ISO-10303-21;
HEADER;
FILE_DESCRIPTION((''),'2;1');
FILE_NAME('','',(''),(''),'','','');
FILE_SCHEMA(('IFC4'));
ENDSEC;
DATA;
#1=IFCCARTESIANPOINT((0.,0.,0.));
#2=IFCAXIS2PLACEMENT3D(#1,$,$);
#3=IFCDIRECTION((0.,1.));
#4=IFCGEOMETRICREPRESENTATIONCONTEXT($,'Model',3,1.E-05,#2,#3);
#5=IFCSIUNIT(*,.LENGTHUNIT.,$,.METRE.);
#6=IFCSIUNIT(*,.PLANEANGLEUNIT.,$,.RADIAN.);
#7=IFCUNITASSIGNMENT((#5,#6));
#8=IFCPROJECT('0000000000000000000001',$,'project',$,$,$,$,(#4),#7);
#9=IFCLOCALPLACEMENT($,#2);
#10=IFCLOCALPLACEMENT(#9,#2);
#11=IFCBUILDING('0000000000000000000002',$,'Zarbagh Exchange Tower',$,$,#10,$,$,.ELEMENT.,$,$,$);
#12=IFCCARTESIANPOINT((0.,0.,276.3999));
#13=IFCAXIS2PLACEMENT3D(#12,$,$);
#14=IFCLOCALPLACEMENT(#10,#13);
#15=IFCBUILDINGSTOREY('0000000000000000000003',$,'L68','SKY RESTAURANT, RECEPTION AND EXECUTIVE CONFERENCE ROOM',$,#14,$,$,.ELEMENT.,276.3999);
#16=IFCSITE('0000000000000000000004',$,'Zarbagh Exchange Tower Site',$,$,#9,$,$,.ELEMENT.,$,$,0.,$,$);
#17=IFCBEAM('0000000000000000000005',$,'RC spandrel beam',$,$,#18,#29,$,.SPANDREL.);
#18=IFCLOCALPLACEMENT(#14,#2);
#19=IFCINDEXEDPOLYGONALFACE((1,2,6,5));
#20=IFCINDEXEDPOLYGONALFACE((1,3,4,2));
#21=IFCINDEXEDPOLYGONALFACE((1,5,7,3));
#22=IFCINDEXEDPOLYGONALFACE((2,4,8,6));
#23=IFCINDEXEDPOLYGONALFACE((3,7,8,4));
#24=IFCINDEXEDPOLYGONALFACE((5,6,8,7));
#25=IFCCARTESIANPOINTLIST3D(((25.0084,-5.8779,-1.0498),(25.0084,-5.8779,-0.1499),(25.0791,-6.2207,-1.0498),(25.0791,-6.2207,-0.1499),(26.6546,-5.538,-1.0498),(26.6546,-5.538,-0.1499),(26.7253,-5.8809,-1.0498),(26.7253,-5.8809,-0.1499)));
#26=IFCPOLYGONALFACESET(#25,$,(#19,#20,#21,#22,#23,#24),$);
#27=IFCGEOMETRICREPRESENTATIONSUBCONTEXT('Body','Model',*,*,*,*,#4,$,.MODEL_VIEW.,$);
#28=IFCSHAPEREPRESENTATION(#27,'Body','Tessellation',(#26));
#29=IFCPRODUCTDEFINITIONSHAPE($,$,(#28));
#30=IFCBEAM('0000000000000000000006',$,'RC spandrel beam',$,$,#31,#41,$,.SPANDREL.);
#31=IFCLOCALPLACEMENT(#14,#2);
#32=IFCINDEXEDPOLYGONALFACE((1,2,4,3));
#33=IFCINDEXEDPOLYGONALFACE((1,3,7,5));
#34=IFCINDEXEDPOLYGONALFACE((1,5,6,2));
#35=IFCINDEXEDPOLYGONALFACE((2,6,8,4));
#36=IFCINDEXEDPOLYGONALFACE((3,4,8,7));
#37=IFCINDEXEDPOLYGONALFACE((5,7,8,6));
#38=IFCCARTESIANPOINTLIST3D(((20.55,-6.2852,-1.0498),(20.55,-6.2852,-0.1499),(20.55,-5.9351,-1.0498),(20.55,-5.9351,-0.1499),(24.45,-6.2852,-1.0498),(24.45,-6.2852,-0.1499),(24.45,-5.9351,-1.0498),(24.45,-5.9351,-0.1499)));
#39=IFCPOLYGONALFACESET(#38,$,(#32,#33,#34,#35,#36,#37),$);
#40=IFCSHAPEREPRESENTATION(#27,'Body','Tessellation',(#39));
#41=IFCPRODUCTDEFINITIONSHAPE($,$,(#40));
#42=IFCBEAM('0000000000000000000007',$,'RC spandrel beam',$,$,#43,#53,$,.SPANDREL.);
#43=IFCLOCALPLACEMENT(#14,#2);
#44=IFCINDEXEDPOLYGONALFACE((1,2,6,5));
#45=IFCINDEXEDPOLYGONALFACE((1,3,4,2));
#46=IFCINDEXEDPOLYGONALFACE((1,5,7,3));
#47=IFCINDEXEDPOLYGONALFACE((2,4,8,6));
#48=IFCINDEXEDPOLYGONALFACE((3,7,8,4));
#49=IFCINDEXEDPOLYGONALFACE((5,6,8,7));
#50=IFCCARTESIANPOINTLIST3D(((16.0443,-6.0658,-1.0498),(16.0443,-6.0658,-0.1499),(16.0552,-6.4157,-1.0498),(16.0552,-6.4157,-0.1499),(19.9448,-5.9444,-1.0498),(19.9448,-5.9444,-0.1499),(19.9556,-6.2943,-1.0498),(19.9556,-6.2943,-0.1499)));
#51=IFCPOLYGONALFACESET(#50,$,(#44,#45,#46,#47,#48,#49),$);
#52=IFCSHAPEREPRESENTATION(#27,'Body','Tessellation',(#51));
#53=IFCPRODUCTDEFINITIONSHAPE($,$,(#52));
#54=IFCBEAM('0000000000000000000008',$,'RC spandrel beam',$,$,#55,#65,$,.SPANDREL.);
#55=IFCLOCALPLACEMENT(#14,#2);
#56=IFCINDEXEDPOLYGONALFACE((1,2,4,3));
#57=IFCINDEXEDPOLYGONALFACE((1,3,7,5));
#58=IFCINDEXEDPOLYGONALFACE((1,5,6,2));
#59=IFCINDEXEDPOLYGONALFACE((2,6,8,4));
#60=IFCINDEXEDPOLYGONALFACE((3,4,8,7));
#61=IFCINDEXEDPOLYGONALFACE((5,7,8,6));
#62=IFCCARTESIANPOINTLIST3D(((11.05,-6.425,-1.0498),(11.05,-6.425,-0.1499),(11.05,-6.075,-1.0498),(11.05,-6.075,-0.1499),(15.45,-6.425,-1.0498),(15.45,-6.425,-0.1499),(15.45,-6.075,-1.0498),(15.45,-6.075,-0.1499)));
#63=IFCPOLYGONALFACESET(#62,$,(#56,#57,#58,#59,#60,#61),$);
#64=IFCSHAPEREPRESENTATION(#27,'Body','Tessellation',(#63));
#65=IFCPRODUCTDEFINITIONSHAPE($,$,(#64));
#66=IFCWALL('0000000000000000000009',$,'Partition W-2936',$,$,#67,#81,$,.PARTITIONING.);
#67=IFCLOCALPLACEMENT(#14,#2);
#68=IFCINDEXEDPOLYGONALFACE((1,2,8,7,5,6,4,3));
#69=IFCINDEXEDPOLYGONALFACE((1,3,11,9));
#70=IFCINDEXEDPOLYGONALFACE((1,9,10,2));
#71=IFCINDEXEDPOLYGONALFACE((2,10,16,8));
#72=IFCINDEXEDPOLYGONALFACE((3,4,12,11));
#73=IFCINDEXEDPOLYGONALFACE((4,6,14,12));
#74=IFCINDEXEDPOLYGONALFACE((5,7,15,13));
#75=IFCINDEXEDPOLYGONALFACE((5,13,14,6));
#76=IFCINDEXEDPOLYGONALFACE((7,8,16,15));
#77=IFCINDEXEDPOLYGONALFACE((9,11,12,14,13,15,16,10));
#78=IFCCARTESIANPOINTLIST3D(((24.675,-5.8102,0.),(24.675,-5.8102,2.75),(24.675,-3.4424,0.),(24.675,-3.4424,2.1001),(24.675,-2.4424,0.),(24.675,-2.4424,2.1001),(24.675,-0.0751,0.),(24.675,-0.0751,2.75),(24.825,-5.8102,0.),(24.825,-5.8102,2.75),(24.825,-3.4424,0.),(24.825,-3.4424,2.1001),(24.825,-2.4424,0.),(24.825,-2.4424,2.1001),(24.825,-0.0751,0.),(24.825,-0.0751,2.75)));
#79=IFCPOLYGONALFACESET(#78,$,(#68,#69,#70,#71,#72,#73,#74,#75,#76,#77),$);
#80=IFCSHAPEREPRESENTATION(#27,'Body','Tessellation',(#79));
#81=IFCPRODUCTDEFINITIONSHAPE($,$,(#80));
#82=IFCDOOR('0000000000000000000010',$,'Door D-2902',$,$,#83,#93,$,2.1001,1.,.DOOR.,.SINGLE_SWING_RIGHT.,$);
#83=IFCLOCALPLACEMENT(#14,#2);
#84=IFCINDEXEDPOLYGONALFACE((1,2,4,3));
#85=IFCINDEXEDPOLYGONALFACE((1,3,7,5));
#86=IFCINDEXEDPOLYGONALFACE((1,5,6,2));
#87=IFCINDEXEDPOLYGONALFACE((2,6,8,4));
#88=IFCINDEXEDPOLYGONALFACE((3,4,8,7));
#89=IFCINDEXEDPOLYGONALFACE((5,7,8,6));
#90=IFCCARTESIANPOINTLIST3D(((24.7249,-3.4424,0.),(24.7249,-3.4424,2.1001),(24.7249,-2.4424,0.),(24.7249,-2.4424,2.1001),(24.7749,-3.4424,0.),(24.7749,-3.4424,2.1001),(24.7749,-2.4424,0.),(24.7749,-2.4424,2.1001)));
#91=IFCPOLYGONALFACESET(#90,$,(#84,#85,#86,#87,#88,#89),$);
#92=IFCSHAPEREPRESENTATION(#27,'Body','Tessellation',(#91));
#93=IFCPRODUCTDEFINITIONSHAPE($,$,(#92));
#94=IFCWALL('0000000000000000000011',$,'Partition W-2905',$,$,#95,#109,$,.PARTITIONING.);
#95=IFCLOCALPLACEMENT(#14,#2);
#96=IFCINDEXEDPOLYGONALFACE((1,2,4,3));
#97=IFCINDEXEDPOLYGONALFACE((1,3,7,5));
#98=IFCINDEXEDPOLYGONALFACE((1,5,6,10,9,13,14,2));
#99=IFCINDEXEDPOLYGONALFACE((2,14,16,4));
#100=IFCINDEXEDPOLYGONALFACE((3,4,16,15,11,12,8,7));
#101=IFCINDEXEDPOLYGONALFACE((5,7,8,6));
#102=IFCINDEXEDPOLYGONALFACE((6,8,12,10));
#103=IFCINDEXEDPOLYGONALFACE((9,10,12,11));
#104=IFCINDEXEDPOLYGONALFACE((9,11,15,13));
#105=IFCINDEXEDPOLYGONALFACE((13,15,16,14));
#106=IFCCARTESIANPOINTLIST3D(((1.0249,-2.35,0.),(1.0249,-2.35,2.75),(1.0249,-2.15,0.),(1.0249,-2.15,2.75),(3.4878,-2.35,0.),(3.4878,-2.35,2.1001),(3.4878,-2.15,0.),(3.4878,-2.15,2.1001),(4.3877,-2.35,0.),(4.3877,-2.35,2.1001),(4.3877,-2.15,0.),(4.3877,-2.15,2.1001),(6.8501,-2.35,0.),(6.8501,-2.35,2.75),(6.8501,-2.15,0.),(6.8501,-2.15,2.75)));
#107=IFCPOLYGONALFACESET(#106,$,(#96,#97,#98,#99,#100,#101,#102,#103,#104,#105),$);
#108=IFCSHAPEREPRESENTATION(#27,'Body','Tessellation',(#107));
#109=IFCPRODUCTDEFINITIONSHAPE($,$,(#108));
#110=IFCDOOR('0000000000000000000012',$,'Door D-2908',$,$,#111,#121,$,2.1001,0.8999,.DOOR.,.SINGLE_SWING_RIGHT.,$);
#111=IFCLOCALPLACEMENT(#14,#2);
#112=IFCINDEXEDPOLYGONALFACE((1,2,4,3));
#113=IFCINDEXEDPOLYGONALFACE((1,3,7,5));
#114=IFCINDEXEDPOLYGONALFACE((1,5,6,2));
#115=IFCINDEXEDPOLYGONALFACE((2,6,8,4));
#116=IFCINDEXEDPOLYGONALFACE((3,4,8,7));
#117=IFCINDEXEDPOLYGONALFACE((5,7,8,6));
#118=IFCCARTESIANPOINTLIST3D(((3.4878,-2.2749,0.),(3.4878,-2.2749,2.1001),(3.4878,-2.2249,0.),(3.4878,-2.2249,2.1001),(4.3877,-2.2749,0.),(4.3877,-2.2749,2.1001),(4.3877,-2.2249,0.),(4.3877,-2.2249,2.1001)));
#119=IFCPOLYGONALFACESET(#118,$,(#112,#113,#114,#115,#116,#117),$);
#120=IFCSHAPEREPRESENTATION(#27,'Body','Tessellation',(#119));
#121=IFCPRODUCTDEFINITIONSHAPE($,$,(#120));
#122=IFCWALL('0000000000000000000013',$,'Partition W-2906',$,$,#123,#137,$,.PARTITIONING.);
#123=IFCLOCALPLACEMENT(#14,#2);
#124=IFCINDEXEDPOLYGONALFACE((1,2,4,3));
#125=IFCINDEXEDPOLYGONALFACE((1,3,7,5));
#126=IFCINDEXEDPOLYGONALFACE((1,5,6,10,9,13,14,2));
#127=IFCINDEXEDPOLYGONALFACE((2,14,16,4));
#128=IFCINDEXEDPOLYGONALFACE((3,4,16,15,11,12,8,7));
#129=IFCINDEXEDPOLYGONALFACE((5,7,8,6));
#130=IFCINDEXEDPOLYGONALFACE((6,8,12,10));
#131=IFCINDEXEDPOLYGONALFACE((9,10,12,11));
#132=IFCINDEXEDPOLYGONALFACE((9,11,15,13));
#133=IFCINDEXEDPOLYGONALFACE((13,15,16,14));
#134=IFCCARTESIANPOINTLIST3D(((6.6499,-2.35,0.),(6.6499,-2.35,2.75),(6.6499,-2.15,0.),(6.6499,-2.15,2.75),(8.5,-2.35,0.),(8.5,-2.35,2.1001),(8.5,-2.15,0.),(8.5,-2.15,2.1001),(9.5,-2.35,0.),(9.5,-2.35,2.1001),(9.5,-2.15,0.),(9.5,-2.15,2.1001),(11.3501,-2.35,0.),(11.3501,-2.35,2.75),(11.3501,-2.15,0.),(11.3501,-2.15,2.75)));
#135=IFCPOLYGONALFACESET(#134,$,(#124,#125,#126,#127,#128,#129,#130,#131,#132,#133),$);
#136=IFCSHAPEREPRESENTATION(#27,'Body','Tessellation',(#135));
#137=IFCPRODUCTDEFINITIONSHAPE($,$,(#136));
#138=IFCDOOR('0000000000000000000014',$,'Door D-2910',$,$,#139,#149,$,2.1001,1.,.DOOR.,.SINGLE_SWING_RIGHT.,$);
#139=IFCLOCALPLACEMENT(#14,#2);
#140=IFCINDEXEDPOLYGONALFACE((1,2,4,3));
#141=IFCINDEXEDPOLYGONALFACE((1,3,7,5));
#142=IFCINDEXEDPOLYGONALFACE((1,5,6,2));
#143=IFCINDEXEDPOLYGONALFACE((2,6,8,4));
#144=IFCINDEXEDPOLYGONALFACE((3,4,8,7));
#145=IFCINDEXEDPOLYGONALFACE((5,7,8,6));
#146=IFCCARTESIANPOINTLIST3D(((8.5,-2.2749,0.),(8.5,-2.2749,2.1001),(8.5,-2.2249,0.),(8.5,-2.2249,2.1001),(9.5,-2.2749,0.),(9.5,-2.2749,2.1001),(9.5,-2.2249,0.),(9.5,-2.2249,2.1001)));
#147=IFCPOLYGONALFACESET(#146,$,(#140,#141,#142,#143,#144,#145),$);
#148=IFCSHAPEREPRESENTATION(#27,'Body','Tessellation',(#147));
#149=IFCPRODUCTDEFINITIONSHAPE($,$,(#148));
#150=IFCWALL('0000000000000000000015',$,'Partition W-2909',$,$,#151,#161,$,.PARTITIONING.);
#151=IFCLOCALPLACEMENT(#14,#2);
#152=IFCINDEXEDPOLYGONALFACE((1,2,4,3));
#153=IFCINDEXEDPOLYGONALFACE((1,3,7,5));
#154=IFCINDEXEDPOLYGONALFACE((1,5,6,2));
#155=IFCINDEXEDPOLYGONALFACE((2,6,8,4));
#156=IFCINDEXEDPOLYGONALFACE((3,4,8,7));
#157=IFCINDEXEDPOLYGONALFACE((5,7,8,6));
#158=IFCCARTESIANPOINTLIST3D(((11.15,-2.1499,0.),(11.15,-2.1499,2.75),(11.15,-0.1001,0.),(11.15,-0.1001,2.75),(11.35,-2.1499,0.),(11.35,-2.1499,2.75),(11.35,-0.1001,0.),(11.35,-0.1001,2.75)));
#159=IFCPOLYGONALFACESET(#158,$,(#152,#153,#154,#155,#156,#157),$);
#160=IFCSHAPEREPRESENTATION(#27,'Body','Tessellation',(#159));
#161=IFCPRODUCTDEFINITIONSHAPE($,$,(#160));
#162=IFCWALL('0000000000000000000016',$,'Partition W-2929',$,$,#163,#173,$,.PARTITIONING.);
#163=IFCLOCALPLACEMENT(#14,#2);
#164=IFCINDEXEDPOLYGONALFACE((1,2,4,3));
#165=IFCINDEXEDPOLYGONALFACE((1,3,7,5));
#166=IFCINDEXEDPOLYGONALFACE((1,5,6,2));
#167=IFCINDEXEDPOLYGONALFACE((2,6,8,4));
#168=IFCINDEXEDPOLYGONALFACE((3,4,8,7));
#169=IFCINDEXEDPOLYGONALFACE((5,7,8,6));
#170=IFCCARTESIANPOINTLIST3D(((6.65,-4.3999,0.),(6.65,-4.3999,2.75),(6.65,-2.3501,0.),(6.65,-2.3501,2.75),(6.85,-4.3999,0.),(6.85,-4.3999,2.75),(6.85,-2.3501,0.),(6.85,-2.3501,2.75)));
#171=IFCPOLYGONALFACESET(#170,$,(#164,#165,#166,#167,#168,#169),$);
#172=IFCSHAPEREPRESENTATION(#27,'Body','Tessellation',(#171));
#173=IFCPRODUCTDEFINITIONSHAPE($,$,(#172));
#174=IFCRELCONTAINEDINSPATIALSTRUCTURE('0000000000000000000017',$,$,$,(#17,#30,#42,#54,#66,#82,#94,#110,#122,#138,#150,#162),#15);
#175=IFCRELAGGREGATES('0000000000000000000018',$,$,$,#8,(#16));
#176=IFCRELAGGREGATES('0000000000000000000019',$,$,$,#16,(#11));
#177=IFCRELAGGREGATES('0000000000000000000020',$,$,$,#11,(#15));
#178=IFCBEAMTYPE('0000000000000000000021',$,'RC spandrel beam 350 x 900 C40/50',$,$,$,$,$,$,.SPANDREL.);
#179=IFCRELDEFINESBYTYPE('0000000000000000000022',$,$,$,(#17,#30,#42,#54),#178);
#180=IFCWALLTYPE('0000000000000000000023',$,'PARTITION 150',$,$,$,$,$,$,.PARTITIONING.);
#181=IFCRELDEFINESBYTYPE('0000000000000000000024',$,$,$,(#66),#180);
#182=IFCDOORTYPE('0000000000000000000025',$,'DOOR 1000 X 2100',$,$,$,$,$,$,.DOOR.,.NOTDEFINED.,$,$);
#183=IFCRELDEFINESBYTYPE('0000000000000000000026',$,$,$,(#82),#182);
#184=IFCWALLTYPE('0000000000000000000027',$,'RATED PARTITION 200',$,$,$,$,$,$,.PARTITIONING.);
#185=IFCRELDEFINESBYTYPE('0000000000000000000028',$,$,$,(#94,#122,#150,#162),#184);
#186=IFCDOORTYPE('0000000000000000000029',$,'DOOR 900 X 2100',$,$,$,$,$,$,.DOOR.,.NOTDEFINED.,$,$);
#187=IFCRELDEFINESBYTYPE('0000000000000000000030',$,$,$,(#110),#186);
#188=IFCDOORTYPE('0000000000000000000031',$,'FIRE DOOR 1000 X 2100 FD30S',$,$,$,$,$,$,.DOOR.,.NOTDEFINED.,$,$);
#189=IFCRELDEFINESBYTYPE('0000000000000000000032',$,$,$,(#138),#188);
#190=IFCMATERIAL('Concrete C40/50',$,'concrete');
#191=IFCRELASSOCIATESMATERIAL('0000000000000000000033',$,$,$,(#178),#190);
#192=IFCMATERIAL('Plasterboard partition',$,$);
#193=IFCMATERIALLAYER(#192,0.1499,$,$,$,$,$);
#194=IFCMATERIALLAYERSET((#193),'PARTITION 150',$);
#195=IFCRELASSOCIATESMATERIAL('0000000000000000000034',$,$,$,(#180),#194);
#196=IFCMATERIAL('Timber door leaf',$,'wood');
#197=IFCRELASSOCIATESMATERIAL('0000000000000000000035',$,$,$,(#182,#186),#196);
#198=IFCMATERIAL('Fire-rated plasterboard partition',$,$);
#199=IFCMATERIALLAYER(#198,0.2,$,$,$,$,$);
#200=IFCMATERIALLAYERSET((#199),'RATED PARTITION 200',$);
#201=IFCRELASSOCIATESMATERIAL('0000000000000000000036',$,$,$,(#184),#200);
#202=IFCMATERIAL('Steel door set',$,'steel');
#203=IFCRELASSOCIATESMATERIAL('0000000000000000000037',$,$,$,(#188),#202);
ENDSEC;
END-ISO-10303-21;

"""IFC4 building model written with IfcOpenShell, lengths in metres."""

from ifc_helpers import new_model, si_unit, direction, frame, frame_2d, origin, origin_2d, place, context, subcontext, project, spatial, rectangle, extrude, material, layer, layer_set, material_profile, profile_set, type_object, element, fill, save


model = new_model("IFC4")

# Units and contexts
model_context = context("Model", 3, precision=1e-05, world=origin(), true_north=direction((0.0, 1.0)))
body_context = subcontext(model_context, "Body", "Model", "MODEL_VIEW")
ifc_project = project(units=[si_unit("LENGTHUNIT", "METRE"), si_unit("PLANEANGLEUNIT", "RADIAN")], contexts=[model_context])

# Site, building, storey
site_placement = place(None, origin())
site = spatial("IfcSite", under=ifc_project, at=site_placement, Name="Zarbagh Exchange Tower Site", CompositionType="ELEMENT", RefElevation=0.0)
building_placement = place(site_placement, origin())
building = spatial("IfcBuilding", under=site, at=building_placement, Name="Zarbagh Exchange Tower", CompositionType="ELEMENT")
storey_placement = place(building_placement, frame((0.0, 0.0, 276.3999)))
storey = spatial("IfcBuildingStorey", under=building, at=storey_placement, Name="L68", Description="SKY RESTAURANT, RECEPTION AND EXECUTIVE CONFERENCE ROOM", CompositionType="ELEMENT", Elevation=276.3999)

# Shared definitions
ifc_material_1 = material(Name="Concrete C40/50", Category="concrete")

# Beams
ifc_material_profile_1 = material_profile(ifc_material_1, rectangle(XDim=0.3501, YDim=0.8999, at=origin_2d()), Name="RC spandrel beam 350 x 900 C40/50")
ifc_profile_set_1 = profile_set([ifc_material_profile_1], Name="Concrete C40/50")
beam_type_1 = type_object("IfcBeamType", Name="RC spandrel beam 350 x 900 C40/50", PredefinedType="SPANDREL", material=ifc_profile_set_1)
beam_1_placement = place(storey_placement, frame((26.6899, -5.7095, -0.5999), z_axis=(-0.97935, -0.202173, 0.0), x_axis=(0.202173, -0.97935, 0.0)))
element("IfcBeam", 1, at=beam_1_placement, inside=storey, type_object=beam_type_1, Name="RC spandrel beam", PredefinedType="SPANDREL", context=body_context, shape_type="SweptSolid", body=[
    extrude(rectangle(XDim=0.3501, YDim=0.8999, at=origin_2d()), origin(), (0.0, 0.0, 1.0), 1.6809),
])
beam_2_placement = place(storey_placement, frame((24.45, -6.1101, -0.5999), z_axis=(-1.0, 0.0, 0.0), x_axis=(0.0, -1.0, 0.0)))
element("IfcBeam", 2, at=beam_2_placement, inside=storey, type_object=beam_type_1, Name="RC spandrel beam", PredefinedType="SPANDREL", context=body_context, shape_type="SweptSolid", body=[
    extrude(rectangle(XDim=0.3501, YDim=0.8999, at=origin_2d()), origin(), (0.0, 0.0, 1.0), 3.8999),
])
beam_3_placement = place(storey_placement, frame((19.9502, -6.1194, -0.5999), z_axis=(-0.999516, -0.031094, 0.0), x_axis=(0.031094, -0.999516, 0.0)))
element("IfcBeam", 3, at=beam_3_placement, inside=storey, type_object=beam_type_1, Name="RC spandrel beam", PredefinedType="SPANDREL", context=body_context, shape_type="SweptSolid", body=[
    extrude(rectangle(XDim=0.3501, YDim=0.8999, at=origin_2d()), origin(), (0.0, 0.0, 1.0), 3.9023),
])
beam_4_placement = place(storey_placement, frame((15.45, -6.25, -0.5999), z_axis=(-1.0, 0.0, 0.0), x_axis=(0.0, -1.0, 0.0)))
element("IfcBeam", 4, at=beam_4_placement, inside=storey, type_object=beam_type_1, Name="RC spandrel beam", PredefinedType="SPANDREL", context=body_context, shape_type="SweptSolid", body=[
    extrude(rectangle(XDim=0.3501, YDim=0.8999, at=origin_2d()), origin(), (0.0, 0.0, 1.0), 4.3999),
])

# Walls, openings, doors
ifc_material_2 = material(Name="Plasterboard partition")
ifc_layer_1 = layer(ifc_material_2, 0.1499)
ifc_layer_set_1 = layer_set([ifc_layer_1], Name="PARTITION 150")
wall_type_1 = type_object("IfcWallType", Name="PARTITION 150", PredefinedType="PARTITIONING", material=ifc_layer_set_1)
wall_1_placement = place(storey_placement, frame((24.75, -0.075, 0.0), z_axis=(0.0, 0.0, 1.0), x_axis=(0.0, -1.0, 0.0)))
wall_1 = element("IfcWall", 5, at=wall_1_placement, inside=storey, type_object=wall_type_1, Name="Partition W-2936", PredefinedType="PARTITIONING", context=body_context, shape_type="SweptSolid", body=[
    extrude(rectangle(XDim=5.7351, YDim=0.1499, at=frame_2d((2.8677, 0.0))), origin(), (0.0, 0.0, 1.0), 2.75),
])
opening_1_placement = place(wall_1_placement, frame((2.3674, 0.0, 0.0)))
opening_1 = element("IfcOpeningElement", 6, at=opening_1_placement, cuts=wall_1, PredefinedType="OPENING", context=body_context, shape_type="SweptSolid", body=[
    extrude(rectangle(XDim=1.0, YDim=2.1001, at=frame_2d((0.5, 1.05))), frame((0.0, 0.085, 0.0), z_axis=(0.0, -1.0, 0.0), x_axis=(1.0, 0.0, 0.0)), (0.0, 0.0, 1.0), 0.1699),
])
ifc_material_3 = material(Name="Timber door leaf", Category="wood")
door_type_1 = type_object("IfcDoorType", Name="DOOR 1000 X 2100", OperationType="NOTDEFINED", PredefinedType="DOOR", material=ifc_material_3)
door_1_placement = place(opening_1_placement, origin())
door_1 = element("IfcDoor", 7, at=door_1_placement, inside=storey, type_object=door_type_1, Name="Door D-2902", OperationType="SINGLE_SWING_RIGHT", OverallHeight=2.1001, OverallWidth=1.0, PredefinedType="DOOR", context=body_context, shape_type="SweptSolid", body=[
    extrude(rectangle(XDim=1.0, YDim=2.1001, at=frame_2d((0.5, 1.05))), frame((0.0, 0.0249, 0.0), z_axis=(0.0, -1.0, 0.0), x_axis=(1.0, 0.0, 0.0)), (0.0, 0.0, 1.0), 0.05),
])
fill(opening_1, door_1)
ifc_material_4 = material(Name="Fire-rated plasterboard partition")
ifc_layer_2 = layer(ifc_material_4, 0.2)
ifc_layer_set_2 = layer_set([ifc_layer_2], Name="RATED PARTITION 200")
wall_type_2 = type_object("IfcWallType", Name="RATED PARTITION 200", PredefinedType="PARTITIONING", material=ifc_layer_set_2)
wall_2_placement = place(storey_placement, frame((6.8501, -2.25, 0.0), z_axis=(0.0, 0.0, 1.0), x_axis=(-1.0, 0.0, 0.0)))
wall_2 = element("IfcWall", 8, at=wall_2_placement, inside=storey, type_object=wall_type_2, Name="Partition W-2905", PredefinedType="PARTITIONING", context=body_context, shape_type="SweptSolid", body=[
    extrude(rectangle(XDim=5.8252, YDim=0.2, at=frame_2d((2.9126, 0.0))), origin(), (0.0, 0.0, 1.0), 2.75),
])
opening_2_placement = place(wall_2_placement, frame((2.4624, 0.0, 0.0)))
opening_2 = element("IfcOpeningElement", 9, at=opening_2_placement, cuts=wall_2, PredefinedType="OPENING", context=body_context, shape_type="SweptSolid", body=[
    extrude(rectangle(XDim=0.8999, YDim=2.1001, at=frame_2d((0.45, 1.05))), frame((0.0, 0.1099, 0.0), z_axis=(0.0, -1.0, 0.0), x_axis=(1.0, 0.0, 0.0)), (0.0, 0.0, 1.0), 0.22),
])
door_type_2 = type_object("IfcDoorType", Name="DOOR 900 X 2100", OperationType="NOTDEFINED", PredefinedType="DOOR", material=ifc_material_3)
door_2_placement = place(opening_2_placement, origin())
door_2 = element("IfcDoor", 10, at=door_2_placement, inside=storey, type_object=door_type_2, Name="Door D-2908", OperationType="SINGLE_SWING_RIGHT", OverallHeight=2.1001, OverallWidth=0.8999, PredefinedType="DOOR", context=body_context, shape_type="SweptSolid", body=[
    extrude(rectangle(XDim=0.8999, YDim=2.1001, at=frame_2d((0.45, 1.05))), frame((0.0, 0.0249, 0.0), z_axis=(0.0, -1.0, 0.0), x_axis=(1.0, 0.0, 0.0)), (0.0, 0.0, 1.0), 0.05),
])
fill(opening_2, door_2)
wall_3_placement = place(storey_placement, frame((11.3501, -2.25, 0.0), z_axis=(0.0, 0.0, 1.0), x_axis=(-1.0, 0.0, 0.0)))
wall_3 = element("IfcWall", 11, at=wall_3_placement, inside=storey, type_object=wall_type_2, Name="Partition W-2906", PredefinedType="PARTITIONING", context=body_context, shape_type="SweptSolid", body=[
    extrude(rectangle(XDim=4.7002, YDim=0.2, at=frame_2d((2.3501, 0.0))), origin(), (0.0, 0.0, 1.0), 2.75),
])
opening_3_placement = place(wall_3_placement, frame((1.8501, 0.0, 0.0)))
opening_3 = element("IfcOpeningElement", 12, at=opening_3_placement, cuts=wall_3, PredefinedType="OPENING", context=body_context, shape_type="SweptSolid", body=[
    extrude(rectangle(XDim=1.0, YDim=2.1001, at=frame_2d((0.5, 1.05))), frame((0.0, 0.1099, 0.0), z_axis=(0.0, -1.0, 0.0), x_axis=(1.0, 0.0, 0.0)), (0.0, 0.0, 1.0), 0.22),
])
ifc_material_5 = material(Name="Steel door set", Category="steel")
door_type_3 = type_object("IfcDoorType", Name="FIRE DOOR 1000 X 2100 FD30S", OperationType="NOTDEFINED", PredefinedType="DOOR", material=ifc_material_5)
door_3_placement = place(opening_3_placement, origin())
door_3 = element("IfcDoor", 13, at=door_3_placement, inside=storey, type_object=door_type_3, Name="Door D-2910", OperationType="SINGLE_SWING_RIGHT", OverallHeight=2.1001, OverallWidth=1.0, PredefinedType="DOOR", context=body_context, shape_type="SweptSolid", body=[
    extrude(rectangle(XDim=1.0, YDim=2.1001, at=frame_2d((0.5, 1.05))), frame((0.0, 0.0249, 0.0), z_axis=(0.0, -1.0, 0.0), x_axis=(1.0, 0.0, 0.0)), (0.0, 0.0, 1.0), 0.05),
])
fill(opening_3, door_3)

# Walls
for number, where, z_axis, x_axis, name in (
    (14, (11.25, -2.1499, 0.0), (0.0, 0.0, 1.0), (0.0, 1.0, 0.0), "Partition W-2909"),
    (15, (6.75, -4.3999, 0.0), (0.0, 0.0, 1.0), (0.0, 1.0, 0.0), "Partition W-2929"),
):
    element("IfcWall", number, at=place(storey_placement, frame(where, z_axis=z_axis, x_axis=x_axis)), inside=storey, type_object=wall_type_2, Name=name, PredefinedType="PARTITIONING", context=body_context, shape_type="SweptSolid", body=[
        extrude(rectangle(XDim=2.0498, YDim=0.2, at=frame_2d((1.0249, 0.0))), origin(), (0.0, 0.0, 1.0), 2.75),
    ])

save(model, "model.ifc")
